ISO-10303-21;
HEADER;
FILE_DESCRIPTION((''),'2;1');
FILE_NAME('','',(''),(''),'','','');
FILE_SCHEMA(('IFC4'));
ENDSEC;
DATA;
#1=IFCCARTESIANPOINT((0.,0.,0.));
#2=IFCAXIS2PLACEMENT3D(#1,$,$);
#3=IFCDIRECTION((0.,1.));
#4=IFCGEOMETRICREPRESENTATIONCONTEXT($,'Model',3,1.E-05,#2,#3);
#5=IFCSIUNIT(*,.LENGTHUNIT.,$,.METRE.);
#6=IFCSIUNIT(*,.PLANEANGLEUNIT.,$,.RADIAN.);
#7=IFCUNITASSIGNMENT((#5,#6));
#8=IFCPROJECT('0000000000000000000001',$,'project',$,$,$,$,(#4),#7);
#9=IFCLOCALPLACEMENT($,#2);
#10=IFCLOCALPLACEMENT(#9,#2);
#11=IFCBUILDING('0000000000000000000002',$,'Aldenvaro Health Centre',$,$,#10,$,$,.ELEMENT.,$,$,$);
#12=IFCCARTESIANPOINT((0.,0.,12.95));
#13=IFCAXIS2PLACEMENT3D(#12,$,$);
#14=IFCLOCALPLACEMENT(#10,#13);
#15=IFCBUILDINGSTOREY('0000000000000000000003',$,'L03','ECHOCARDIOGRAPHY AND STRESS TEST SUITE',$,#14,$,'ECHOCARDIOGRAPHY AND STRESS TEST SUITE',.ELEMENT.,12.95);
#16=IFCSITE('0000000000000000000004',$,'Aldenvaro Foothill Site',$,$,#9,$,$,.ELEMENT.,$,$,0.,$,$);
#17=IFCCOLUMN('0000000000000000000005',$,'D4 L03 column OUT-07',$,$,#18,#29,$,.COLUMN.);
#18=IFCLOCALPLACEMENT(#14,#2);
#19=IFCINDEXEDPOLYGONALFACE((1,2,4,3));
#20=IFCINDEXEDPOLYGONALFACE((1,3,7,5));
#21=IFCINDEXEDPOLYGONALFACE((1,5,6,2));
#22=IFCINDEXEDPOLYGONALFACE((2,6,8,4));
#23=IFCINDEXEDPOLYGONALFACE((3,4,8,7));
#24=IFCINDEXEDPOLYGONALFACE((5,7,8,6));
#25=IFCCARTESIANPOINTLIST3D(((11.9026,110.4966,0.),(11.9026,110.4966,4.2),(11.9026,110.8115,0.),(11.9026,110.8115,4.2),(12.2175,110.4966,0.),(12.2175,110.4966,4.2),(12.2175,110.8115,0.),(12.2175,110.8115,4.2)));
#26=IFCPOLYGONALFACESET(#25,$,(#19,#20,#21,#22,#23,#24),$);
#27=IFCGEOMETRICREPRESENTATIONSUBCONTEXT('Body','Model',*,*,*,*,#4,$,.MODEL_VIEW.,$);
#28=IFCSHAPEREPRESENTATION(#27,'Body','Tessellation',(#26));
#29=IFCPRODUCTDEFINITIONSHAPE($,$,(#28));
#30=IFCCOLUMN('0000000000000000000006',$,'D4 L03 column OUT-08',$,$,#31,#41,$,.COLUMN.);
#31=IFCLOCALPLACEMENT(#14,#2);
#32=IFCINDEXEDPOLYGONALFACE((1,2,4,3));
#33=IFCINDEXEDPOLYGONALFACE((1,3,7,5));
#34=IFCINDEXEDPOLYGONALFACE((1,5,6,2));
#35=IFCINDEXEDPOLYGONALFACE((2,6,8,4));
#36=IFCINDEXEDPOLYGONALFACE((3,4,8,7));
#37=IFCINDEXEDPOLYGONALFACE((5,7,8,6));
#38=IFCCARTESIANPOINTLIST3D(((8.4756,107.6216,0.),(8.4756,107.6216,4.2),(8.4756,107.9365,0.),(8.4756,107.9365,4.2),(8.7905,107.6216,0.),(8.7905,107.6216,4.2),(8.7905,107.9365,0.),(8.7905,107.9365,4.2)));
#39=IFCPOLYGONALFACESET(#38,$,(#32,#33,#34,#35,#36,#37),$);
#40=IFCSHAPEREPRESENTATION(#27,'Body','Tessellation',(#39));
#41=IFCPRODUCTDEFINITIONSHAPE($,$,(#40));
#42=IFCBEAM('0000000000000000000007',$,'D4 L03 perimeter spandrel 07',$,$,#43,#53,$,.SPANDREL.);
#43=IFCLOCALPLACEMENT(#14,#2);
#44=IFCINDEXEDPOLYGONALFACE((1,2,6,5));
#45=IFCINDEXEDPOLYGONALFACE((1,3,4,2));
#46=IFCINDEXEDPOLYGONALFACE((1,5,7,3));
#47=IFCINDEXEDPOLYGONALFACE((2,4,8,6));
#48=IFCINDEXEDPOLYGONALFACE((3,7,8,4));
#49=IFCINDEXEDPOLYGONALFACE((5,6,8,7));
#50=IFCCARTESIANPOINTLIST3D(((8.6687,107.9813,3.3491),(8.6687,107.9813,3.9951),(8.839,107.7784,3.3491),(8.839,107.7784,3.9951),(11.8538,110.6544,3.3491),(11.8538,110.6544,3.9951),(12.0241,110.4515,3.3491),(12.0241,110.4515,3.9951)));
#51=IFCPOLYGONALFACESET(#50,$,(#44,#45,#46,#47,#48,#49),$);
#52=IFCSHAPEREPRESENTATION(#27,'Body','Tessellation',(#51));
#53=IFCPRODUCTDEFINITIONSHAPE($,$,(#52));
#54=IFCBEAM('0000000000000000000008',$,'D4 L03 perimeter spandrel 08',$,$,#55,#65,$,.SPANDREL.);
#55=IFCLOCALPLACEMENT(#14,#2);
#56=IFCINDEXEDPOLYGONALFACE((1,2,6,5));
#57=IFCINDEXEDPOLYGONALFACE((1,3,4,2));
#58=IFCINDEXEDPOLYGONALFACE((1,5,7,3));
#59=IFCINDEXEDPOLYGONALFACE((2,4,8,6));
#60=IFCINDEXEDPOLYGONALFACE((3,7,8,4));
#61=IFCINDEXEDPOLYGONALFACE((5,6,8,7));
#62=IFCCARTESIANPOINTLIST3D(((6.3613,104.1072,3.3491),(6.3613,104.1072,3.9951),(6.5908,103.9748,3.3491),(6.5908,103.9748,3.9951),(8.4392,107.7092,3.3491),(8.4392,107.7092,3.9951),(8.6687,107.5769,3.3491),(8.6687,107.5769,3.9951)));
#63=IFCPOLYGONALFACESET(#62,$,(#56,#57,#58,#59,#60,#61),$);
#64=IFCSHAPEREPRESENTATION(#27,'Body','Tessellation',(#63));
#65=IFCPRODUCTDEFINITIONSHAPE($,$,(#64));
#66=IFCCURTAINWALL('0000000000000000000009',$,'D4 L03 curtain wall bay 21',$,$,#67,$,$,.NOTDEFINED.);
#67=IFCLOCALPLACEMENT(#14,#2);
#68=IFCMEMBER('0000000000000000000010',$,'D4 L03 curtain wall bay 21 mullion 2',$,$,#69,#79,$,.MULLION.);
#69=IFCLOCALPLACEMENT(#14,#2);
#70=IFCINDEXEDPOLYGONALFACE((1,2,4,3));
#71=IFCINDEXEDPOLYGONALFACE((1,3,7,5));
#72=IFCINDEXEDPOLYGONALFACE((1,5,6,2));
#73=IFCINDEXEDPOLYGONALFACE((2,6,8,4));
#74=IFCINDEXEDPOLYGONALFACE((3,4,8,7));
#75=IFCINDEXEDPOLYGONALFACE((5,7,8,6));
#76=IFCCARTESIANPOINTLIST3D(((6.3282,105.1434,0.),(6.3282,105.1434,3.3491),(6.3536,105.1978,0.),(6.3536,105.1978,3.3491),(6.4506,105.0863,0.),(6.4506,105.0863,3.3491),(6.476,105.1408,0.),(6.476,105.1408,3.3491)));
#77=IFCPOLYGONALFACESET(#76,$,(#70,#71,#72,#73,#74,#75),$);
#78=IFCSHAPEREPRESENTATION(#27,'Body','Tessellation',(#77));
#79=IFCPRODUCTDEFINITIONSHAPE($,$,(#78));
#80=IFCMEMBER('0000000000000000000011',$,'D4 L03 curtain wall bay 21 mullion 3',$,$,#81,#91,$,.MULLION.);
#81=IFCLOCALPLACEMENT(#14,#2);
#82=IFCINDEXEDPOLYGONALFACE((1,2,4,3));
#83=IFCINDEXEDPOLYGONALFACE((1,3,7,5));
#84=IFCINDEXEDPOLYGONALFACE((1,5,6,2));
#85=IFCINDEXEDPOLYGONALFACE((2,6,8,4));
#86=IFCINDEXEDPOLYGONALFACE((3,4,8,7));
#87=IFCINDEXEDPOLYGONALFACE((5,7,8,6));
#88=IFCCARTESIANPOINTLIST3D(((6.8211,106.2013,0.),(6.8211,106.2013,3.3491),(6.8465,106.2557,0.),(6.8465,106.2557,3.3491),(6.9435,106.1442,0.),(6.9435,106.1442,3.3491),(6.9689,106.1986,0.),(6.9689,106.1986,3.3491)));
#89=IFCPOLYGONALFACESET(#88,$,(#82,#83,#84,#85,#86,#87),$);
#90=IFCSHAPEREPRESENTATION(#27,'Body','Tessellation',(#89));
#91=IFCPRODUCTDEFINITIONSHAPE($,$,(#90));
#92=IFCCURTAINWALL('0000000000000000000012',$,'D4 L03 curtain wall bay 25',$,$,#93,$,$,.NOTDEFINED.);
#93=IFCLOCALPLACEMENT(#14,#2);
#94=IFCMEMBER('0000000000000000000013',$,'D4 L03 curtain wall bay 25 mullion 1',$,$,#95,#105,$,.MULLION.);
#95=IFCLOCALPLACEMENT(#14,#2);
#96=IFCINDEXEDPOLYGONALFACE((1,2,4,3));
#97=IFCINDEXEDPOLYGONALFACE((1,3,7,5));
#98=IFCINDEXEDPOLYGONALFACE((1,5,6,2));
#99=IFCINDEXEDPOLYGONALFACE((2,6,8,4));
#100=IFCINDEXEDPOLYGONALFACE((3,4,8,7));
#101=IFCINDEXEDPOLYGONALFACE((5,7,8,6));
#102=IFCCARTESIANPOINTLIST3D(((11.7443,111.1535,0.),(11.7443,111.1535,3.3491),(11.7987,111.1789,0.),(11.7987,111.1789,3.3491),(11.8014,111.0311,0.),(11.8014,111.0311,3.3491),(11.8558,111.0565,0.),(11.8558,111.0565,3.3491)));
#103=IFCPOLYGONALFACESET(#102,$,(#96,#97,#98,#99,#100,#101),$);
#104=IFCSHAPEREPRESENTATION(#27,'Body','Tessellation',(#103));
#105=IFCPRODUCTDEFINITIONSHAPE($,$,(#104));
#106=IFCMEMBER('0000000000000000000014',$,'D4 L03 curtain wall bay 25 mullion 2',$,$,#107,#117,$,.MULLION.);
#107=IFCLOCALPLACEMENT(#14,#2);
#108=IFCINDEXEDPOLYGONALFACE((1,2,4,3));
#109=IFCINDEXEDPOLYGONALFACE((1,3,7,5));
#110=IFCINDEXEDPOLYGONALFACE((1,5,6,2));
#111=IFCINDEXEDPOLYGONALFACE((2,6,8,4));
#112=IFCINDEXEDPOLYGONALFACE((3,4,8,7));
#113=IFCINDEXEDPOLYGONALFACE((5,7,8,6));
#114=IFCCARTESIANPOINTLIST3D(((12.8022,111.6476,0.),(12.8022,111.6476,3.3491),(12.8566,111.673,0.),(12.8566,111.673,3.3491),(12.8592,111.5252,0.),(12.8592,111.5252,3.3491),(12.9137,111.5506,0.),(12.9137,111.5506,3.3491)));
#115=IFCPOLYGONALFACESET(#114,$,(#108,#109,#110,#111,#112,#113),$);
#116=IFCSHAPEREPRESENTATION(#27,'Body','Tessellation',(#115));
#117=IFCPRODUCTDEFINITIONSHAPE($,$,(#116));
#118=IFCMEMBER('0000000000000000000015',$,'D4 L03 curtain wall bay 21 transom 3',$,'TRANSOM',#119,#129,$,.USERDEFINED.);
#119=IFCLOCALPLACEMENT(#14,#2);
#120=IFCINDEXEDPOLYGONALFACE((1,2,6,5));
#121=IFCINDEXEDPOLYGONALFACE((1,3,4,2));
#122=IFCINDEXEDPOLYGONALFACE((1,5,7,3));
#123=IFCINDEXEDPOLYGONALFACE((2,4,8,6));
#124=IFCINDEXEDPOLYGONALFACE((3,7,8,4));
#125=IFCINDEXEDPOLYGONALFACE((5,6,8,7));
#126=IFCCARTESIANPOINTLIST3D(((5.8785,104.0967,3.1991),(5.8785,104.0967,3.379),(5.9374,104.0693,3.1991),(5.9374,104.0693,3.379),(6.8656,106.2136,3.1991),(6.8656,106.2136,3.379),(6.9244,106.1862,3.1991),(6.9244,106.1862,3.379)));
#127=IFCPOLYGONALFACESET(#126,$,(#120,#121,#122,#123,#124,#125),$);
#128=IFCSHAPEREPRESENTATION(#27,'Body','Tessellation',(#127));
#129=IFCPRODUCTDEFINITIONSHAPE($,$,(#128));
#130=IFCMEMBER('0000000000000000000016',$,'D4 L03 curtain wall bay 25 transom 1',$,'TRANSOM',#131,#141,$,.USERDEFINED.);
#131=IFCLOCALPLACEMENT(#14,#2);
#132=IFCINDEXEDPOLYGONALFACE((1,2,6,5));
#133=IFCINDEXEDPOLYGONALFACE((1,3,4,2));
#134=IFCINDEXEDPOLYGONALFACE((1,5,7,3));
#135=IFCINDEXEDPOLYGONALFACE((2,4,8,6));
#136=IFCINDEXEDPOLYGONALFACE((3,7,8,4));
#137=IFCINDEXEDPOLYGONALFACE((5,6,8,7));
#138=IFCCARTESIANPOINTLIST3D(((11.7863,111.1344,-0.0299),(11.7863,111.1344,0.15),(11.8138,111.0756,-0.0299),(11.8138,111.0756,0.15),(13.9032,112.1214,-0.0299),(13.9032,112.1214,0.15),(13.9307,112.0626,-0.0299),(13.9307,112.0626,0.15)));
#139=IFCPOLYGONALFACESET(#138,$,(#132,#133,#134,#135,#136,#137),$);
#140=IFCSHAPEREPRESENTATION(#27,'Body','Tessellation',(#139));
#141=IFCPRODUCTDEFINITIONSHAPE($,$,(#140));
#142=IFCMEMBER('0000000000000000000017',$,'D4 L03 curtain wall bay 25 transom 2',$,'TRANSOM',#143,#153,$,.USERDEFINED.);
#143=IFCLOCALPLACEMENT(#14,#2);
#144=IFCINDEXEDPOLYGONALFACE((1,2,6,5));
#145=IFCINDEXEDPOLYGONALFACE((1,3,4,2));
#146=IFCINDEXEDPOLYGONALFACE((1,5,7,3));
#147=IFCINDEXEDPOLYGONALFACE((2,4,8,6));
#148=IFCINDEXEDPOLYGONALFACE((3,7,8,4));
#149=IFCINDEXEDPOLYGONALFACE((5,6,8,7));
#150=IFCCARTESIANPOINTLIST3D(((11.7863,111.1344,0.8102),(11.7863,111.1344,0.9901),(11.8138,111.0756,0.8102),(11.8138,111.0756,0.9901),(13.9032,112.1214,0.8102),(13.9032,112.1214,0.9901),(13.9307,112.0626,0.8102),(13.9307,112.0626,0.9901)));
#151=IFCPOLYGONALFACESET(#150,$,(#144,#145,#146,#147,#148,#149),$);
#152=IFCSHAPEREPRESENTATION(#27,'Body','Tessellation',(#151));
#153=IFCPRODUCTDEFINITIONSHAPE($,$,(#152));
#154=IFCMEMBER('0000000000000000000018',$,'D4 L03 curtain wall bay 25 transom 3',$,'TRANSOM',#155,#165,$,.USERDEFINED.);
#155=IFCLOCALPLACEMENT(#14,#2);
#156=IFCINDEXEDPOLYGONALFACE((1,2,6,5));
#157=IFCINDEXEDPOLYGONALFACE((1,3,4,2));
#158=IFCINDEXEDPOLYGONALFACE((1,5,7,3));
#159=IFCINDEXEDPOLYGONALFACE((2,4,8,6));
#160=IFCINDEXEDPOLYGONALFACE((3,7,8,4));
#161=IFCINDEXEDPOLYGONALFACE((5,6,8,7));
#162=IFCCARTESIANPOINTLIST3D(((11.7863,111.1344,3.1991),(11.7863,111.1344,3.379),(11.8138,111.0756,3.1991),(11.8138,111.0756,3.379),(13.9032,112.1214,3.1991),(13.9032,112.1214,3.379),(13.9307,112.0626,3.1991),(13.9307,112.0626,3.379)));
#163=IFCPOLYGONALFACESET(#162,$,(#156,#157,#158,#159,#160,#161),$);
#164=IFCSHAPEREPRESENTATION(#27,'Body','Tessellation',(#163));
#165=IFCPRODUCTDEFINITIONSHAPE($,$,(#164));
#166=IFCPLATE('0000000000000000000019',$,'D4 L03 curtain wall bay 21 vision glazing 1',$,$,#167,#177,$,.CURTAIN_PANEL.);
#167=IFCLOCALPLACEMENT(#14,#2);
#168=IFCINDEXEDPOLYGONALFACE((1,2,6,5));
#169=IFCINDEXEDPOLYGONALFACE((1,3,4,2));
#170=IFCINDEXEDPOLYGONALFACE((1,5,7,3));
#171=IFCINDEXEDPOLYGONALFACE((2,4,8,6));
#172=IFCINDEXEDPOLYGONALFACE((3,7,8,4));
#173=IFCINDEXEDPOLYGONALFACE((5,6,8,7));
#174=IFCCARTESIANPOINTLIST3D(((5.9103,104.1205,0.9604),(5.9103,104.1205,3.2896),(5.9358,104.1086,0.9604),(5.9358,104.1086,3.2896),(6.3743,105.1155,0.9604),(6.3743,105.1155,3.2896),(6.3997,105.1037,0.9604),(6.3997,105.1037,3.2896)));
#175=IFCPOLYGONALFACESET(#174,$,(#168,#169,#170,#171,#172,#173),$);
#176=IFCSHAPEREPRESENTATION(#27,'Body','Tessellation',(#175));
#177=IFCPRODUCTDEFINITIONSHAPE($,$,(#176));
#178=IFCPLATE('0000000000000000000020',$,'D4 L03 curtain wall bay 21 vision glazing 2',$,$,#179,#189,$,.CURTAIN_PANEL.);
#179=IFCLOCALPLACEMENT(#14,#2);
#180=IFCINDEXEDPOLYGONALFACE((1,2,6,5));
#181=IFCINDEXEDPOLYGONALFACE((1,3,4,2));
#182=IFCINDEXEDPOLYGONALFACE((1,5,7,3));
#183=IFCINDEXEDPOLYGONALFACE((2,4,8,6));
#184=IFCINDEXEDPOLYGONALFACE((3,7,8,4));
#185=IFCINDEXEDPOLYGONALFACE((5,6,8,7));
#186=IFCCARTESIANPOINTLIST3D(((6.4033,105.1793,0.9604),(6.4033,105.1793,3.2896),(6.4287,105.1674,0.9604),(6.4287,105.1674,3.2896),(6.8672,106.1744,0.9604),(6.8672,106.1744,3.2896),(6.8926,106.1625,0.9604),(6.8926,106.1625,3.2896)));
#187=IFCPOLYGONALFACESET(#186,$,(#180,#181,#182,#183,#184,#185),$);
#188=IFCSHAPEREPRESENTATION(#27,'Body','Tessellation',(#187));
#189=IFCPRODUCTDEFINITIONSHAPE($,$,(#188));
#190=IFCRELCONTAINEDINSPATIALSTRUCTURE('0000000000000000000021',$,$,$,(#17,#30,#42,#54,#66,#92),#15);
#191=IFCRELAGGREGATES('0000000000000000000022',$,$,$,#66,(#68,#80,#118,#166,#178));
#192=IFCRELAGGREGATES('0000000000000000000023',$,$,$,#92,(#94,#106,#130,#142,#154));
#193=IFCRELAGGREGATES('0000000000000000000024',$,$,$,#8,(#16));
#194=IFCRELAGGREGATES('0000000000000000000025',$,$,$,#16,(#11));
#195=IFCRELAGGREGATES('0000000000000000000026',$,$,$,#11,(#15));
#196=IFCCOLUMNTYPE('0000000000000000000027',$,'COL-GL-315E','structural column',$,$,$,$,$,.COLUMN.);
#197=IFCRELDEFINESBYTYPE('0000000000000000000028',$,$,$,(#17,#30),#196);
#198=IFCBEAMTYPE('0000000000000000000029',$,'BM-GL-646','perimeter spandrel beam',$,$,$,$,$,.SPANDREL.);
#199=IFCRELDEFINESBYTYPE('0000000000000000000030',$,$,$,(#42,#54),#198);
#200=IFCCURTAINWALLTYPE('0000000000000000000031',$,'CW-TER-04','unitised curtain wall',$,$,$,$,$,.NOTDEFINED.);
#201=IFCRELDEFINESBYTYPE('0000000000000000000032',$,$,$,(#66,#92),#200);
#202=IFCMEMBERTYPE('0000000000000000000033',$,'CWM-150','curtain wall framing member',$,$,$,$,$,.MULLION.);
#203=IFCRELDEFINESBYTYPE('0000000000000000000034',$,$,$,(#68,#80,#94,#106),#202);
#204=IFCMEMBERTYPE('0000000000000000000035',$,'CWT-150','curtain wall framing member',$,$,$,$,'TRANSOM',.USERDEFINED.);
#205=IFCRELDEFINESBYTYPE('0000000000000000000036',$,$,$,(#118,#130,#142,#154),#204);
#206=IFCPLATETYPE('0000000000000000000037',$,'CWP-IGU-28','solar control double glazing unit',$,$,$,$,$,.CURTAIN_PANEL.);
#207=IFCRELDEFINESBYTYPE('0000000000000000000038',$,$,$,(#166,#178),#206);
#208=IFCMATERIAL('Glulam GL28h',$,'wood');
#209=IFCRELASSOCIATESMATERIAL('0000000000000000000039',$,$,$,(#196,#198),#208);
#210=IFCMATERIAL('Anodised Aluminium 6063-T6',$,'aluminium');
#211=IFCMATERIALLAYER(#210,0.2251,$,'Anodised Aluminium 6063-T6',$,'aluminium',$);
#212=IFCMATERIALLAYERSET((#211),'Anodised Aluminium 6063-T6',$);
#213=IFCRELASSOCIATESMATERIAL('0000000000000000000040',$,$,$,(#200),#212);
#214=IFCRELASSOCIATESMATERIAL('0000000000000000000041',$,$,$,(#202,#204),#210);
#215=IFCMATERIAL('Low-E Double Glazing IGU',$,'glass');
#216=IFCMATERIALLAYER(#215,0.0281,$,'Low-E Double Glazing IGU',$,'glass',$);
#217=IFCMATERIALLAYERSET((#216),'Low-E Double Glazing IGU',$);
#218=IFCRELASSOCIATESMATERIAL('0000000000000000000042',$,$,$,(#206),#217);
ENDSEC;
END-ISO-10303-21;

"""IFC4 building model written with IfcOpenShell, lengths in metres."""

from ifc_helpers import new_model, si_unit, direction, frame, origin, origin_2d, place, context, subcontext, project, spatial, rectangle, extrude, material, layer, layer_set, material_profile, profile_set, type_object, element, aggregate, save


model = new_model("IFC4")

# Units and contexts
model_context = context("Model", 3, precision=1e-05, world=origin(), true_north=direction((0.0, 1.0)))
body_context = subcontext(model_context, "Body", "Model", "MODEL_VIEW")
ifc_project = project(units=[si_unit("LENGTHUNIT", "METRE"), si_unit("PLANEANGLEUNIT", "RADIAN")], contexts=[model_context])

# Site, building, storey
site_placement = place(None, origin())
site = spatial("IfcSite", under=ifc_project, at=site_placement, Name="Aldenvaro Foothill Site", CompositionType="ELEMENT", RefElevation=0.0)
building_placement = place(site_placement, origin())
building = spatial("IfcBuilding", under=site, at=building_placement, Name="Aldenvaro Health Centre", CompositionType="ELEMENT")
storey_placement = place(building_placement, frame((0.0, 0.0, 12.95)))
storey = spatial("IfcBuildingStorey", under=building, at=storey_placement, Name="L03", Description="ECHOCARDIOGRAPHY AND STRESS TEST SUITE", LongName="ECHOCARDIOGRAPHY AND STRESS TEST SUITE", CompositionType="ELEMENT", Elevation=12.95)

# Columns
ifc_material_1 = material(Name="Glulam GL28h", Category="wood")
ifc_material_profile_1 = material_profile(ifc_material_1, rectangle(XDim=0.3149, YDim=0.3149, at=origin_2d()), Name="GL 315x315", Category="wood")
ifc_profile_set_1 = profile_set([ifc_material_profile_1], Name="Glulam GL28h")
column_type = type_object("IfcColumnType", Name="COL-GL-315E", Description="structural column", PredefinedType="COLUMN", material=ifc_profile_set_1)
for number, where, z_axis, x_axis, name in (
    (1, (12.0601, 110.6541, 0.0), (0.0, 0.0, 1.0), (1.0, 0.0, 0.0), "D4 L03 column OUT-07"),
    (2, (8.6331, 107.7791, 0.0), (0.0, 0.0, 1.0), (1.0, 0.0, 0.0), "D4 L03 column OUT-08"),
):
    element("IfcColumn", number, at=place(storey_placement, frame(where, z_axis=z_axis, x_axis=x_axis)), inside=storey, type_object=column_type, Name=name, PredefinedType="COLUMN", context=body_context, shape_type="SweptSolid", body=[
        extrude(rectangle(XDim=0.3149, YDim=0.3149, at=origin_2d()), origin(), (0.0, 0.0, 1.0), 4.2),
    ])

# Beams
ifc_material_profile_2 = material_profile(ifc_material_1, rectangle(XDim=0.2649, YDim=0.646, at=origin_2d()), Name="GL 265x646", Category="wood")
ifc_profile_set_2 = profile_set([ifc_material_profile_2], Name="Glulam GL28h")
beam_type = type_object("IfcBeamType", Name="BM-GL-646", Description="perimeter spandrel beam", PredefinedType="SPANDREL", material=ifc_profile_set_2)
beam_1_placement = place(storey_placement, frame((11.939, 110.553, 3.6721), z_axis=(-0.765984, -0.64286, 0.0), x_axis=(0.64286, -0.765984, 0.0)))
element("IfcBeam", 3, at=beam_1_placement, inside=storey, type_object=beam_type, Name="D4 L03 perimeter spandrel 07", PredefinedType="SPANDREL", context=body_context, shape_type="SweptSolid", body=[
    extrude(rectangle(XDim=0.2649, YDim=0.646, at=origin_2d()), origin(), (0.0, 0.0, 1.0), 4.1582),
])
beam_2_placement = place(storey_placement, frame((8.554, 107.6431, 3.6721), z_axis=(-0.499682, -0.866209, 0.0), x_axis=(0.866209, -0.499682, 0.0)))
element("IfcBeam", 4, at=beam_2_placement, inside=storey, type_object=beam_type, Name="D4 L03 perimeter spandrel 08", PredefinedType="SPANDREL", context=body_context, shape_type="SweptSolid", body=[
    extrude(rectangle(XDim=0.2649, YDim=0.646, at=origin_2d()), origin(), (0.0, 0.0, 1.0), 4.1584),
])

# Curtain walls, members
ifc_material_2 = material(Name="Anodised Aluminium 6063-T6", Category="aluminium")
ifc_layer_1 = layer(ifc_material_2, 0.2251, Name="Anodised Aluminium 6063-T6", Category="aluminium")
ifc_layer_set_1 = layer_set([ifc_layer_1], Name="Anodised Aluminium 6063-T6")
curtain_wall_type = type_object("IfcCurtainWallType", Name="CW-TER-04", Description="unitised curtain wall", PredefinedType="NOTDEFINED", material=ifc_layer_set_1)
curtain_wall_1_placement = place(storey_placement, origin())
curtain_wall_1 = element("IfcCurtainWall", 5, at=curtain_wall_1_placement, inside=storey, type_object=curtain_wall_type, Name="D4 L03 curtain wall bay 21", PredefinedType="NOTDEFINED")
ifc_material_profile_3 = material_profile(ifc_material_2, rectangle(XDim=0.0601, YDim=0.135, at=origin_2d()), Name="ALU 60x135", Category="aluminium")
ifc_profile_set_3 = profile_set([ifc_material_profile_3], Name="Anodised Aluminium 6063-T6")
member_type_1 = type_object("IfcMemberType", Name="CWM-150", Description="curtain wall framing member", PredefinedType="MULLION", material=ifc_profile_set_3)
member_1_placement = place(storey_placement, frame((6.4021, 105.1421, 0.0), z_axis=(0.0, 0.0, 1.0), x_axis=(0.422557, 0.906336, 0.0)))
member_1 = element("IfcMember", 6, at=member_1_placement, type_object=member_type_1, Name="D4 L03 curtain wall bay 21 mullion 2", PredefinedType="MULLION", context=body_context, shape_type="SweptSolid", body=[
    extrude(rectangle(XDim=0.0601, YDim=0.135, at=origin_2d()), origin(), (0.0, 0.0, 1.0), 3.3491),
])
member_2_placement = place(storey_placement, frame((6.895, 106.2, 0.0), z_axis=(0.0, 0.0, 1.0), x_axis=(0.422557, 0.906336, 0.0)))
member_2 = element("IfcMember", 7, at=member_2_placement, type_object=member_type_1, Name="D4 L03 curtain wall bay 21 mullion 3", PredefinedType="MULLION", context=body_context, shape_type="SweptSolid", body=[
    extrude(rectangle(XDim=0.0601, YDim=0.135, at=origin_2d()), origin(), (0.0, 0.0, 1.0), 3.3491),
])
curtain_wall_2_placement = place(storey_placement, origin())
curtain_wall_2 = element("IfcCurtainWall", 8, at=curtain_wall_2_placement, inside=storey, type_object=curtain_wall_type, Name="D4 L03 curtain wall bay 25", PredefinedType="NOTDEFINED")
member_3_placement = place(storey_placement, frame((11.8, 111.105, 0.0), z_axis=(0.0, 0.0, 1.0), x_axis=(0.906336, 0.422557, 0.0)))
member_3 = element("IfcMember", 9, at=member_3_placement, type_object=member_type_1, Name="D4 L03 curtain wall bay 25 mullion 1", PredefinedType="MULLION", context=body_context, shape_type="SweptSolid", body=[
    extrude(rectangle(XDim=0.0601, YDim=0.135, at=origin_2d()), origin(), (0.0, 0.0, 1.0), 3.3491),
])
member_4_placement = place(storey_placement, frame((12.8579, 111.5991, 0.0), z_axis=(0.0, 0.0, 1.0), x_axis=(0.906336, 0.422557, 0.0)))
member_4 = element("IfcMember", 10, at=member_4_placement, type_object=member_type_1, Name="D4 L03 curtain wall bay 25 mullion 2", PredefinedType="MULLION", context=body_context, shape_type="SweptSolid", body=[
    extrude(rectangle(XDim=0.0601, YDim=0.135, at=origin_2d()), origin(), (0.0, 0.0, 1.0), 3.3491),
])

# Members
ifc_material_profile_4 = material_profile(ifc_material_2, rectangle(XDim=0.0649, YDim=0.1799, at=origin_2d()), Name="ALU 65x180", Category="aluminium")
ifc_profile_set_4 = profile_set([ifc_material_profile_4], Name="Anodised Aluminium 6063-T6")
member_type_2 = type_object("IfcMemberType", Name="CWT-150", Description="curtain wall framing member", ElementType="TRANSOM", PredefinedType="USERDEFINED", material=ifc_profile_set_4)
member_5_placement = place(storey_placement, frame((5.908, 104.083, 3.2891), z_axis=(0.422588, 0.906322, 0.0), x_axis=(-0.906322, 0.422588, 0.0)))
member_5 = element("IfcMember", 11, at=member_5_placement, type_object=member_type_2, Name="D4 L03 curtain wall bay 21 transom 3", ObjectType="TRANSOM", PredefinedType="USERDEFINED", context=body_context, shape_type="SweptSolid", body=[
    extrude(rectangle(XDim=0.0649, YDim=0.1799, at=origin_2d()), origin(), (0.0, 0.0, 1.0), 2.3357),
])
member_6_placement = place(storey_placement, frame((11.8, 111.105, 0.0601), z_axis=(0.906322, 0.422588, 0.0), x_axis=(-0.422588, 0.906322, 0.0)))
member_6 = element("IfcMember", 12, at=member_6_placement, type_object=member_type_2, Name="D4 L03 curtain wall bay 25 transom 1", ObjectType="TRANSOM", PredefinedType="USERDEFINED", context=body_context, shape_type="SweptSolid", body=[
    extrude(rectangle(XDim=0.0649, YDim=0.1799, at=origin_2d()), origin(), (0.0, 0.0, 1.0), 2.3357),
])
member_7_placement = place(storey_placement, frame((11.8, 111.105, 0.9001), z_axis=(0.906322, 0.422588, 0.0), x_axis=(-0.422588, 0.906322, 0.0)))
member_7 = element("IfcMember", 13, at=member_7_placement, type_object=member_type_2, Name="D4 L03 curtain wall bay 25 transom 2", ObjectType="TRANSOM", PredefinedType="USERDEFINED", context=body_context, shape_type="SweptSolid", body=[
    extrude(rectangle(XDim=0.0649, YDim=0.1799, at=origin_2d()), origin(), (0.0, 0.0, 1.0), 2.3357),
])
member_8_placement = place(storey_placement, frame((11.8, 111.105, 3.2891), z_axis=(0.906322, 0.422588, 0.0), x_axis=(-0.422588, 0.906322, 0.0)))
member_8 = element("IfcMember", 14, at=member_8_placement, type_object=member_type_2, Name="D4 L03 curtain wall bay 25 transom 3", ObjectType="TRANSOM", PredefinedType="USERDEFINED", context=body_context, shape_type="SweptSolid", body=[
    extrude(rectangle(XDim=0.0649, YDim=0.1799, at=origin_2d()), origin(), (0.0, 0.0, 1.0), 2.3357),
])

# Plates
ifc_material_3 = material(Name="Low-E Double Glazing IGU", Category="glass")
ifc_layer_2 = layer(ifc_material_3, 0.0281, Name="Low-E Double Glazing IGU", Category="glass")
ifc_layer_set_2 = layer_set([ifc_layer_2], Name="Low-E Double Glazing IGU")
plate_type_1 = type_object("IfcPlateType", Name="CWP-IGU-28", Description="solar control double glazing unit", PredefinedType="CURTAIN_PANEL", material=ifc_layer_set_2)
plate_1_placement = place(storey_placement, frame((6.155, 104.6121, 0.9604), z_axis=(0.0, 0.0, 1.0), x_axis=(0.422557, 0.906336, 0.0)))
plate_1 = element("IfcPlate", 15, at=plate_1_placement, type_object=plate_type_1, Name="D4 L03 curtain wall bay 21 vision glazing 1", PredefinedType="CURTAIN_PANEL", context=body_context, shape_type="SweptSolid", body=[
    extrude(rectangle(XDim=1.0979, YDim=0.0281, at=origin_2d()), origin(), (0.0, 0.0, 1.0), 2.3291),
])
plate_2_placement = place(storey_placement, frame((6.6479, 105.6709, 0.9604), z_axis=(0.0, 0.0, 1.0), x_axis=(0.422557, 0.906336, 0.0)))
plate_2 = element("IfcPlate", 16, at=plate_2_placement, type_object=plate_type_1, Name="D4 L03 curtain wall bay 21 vision glazing 2", PredefinedType="CURTAIN_PANEL", context=body_context, shape_type="SweptSolid", body=[
    extrude(rectangle(XDim=1.0979, YDim=0.0281, at=origin_2d()), origin(), (0.0, 0.0, 1.0), 2.3291),
])
aggregate(curtain_wall_1, [member_1, member_2, member_5, plate_1, plate_2])
aggregate(curtain_wall_2, [member_3, member_4, member_6, member_7, member_8])

save(model, "model.ifc")
